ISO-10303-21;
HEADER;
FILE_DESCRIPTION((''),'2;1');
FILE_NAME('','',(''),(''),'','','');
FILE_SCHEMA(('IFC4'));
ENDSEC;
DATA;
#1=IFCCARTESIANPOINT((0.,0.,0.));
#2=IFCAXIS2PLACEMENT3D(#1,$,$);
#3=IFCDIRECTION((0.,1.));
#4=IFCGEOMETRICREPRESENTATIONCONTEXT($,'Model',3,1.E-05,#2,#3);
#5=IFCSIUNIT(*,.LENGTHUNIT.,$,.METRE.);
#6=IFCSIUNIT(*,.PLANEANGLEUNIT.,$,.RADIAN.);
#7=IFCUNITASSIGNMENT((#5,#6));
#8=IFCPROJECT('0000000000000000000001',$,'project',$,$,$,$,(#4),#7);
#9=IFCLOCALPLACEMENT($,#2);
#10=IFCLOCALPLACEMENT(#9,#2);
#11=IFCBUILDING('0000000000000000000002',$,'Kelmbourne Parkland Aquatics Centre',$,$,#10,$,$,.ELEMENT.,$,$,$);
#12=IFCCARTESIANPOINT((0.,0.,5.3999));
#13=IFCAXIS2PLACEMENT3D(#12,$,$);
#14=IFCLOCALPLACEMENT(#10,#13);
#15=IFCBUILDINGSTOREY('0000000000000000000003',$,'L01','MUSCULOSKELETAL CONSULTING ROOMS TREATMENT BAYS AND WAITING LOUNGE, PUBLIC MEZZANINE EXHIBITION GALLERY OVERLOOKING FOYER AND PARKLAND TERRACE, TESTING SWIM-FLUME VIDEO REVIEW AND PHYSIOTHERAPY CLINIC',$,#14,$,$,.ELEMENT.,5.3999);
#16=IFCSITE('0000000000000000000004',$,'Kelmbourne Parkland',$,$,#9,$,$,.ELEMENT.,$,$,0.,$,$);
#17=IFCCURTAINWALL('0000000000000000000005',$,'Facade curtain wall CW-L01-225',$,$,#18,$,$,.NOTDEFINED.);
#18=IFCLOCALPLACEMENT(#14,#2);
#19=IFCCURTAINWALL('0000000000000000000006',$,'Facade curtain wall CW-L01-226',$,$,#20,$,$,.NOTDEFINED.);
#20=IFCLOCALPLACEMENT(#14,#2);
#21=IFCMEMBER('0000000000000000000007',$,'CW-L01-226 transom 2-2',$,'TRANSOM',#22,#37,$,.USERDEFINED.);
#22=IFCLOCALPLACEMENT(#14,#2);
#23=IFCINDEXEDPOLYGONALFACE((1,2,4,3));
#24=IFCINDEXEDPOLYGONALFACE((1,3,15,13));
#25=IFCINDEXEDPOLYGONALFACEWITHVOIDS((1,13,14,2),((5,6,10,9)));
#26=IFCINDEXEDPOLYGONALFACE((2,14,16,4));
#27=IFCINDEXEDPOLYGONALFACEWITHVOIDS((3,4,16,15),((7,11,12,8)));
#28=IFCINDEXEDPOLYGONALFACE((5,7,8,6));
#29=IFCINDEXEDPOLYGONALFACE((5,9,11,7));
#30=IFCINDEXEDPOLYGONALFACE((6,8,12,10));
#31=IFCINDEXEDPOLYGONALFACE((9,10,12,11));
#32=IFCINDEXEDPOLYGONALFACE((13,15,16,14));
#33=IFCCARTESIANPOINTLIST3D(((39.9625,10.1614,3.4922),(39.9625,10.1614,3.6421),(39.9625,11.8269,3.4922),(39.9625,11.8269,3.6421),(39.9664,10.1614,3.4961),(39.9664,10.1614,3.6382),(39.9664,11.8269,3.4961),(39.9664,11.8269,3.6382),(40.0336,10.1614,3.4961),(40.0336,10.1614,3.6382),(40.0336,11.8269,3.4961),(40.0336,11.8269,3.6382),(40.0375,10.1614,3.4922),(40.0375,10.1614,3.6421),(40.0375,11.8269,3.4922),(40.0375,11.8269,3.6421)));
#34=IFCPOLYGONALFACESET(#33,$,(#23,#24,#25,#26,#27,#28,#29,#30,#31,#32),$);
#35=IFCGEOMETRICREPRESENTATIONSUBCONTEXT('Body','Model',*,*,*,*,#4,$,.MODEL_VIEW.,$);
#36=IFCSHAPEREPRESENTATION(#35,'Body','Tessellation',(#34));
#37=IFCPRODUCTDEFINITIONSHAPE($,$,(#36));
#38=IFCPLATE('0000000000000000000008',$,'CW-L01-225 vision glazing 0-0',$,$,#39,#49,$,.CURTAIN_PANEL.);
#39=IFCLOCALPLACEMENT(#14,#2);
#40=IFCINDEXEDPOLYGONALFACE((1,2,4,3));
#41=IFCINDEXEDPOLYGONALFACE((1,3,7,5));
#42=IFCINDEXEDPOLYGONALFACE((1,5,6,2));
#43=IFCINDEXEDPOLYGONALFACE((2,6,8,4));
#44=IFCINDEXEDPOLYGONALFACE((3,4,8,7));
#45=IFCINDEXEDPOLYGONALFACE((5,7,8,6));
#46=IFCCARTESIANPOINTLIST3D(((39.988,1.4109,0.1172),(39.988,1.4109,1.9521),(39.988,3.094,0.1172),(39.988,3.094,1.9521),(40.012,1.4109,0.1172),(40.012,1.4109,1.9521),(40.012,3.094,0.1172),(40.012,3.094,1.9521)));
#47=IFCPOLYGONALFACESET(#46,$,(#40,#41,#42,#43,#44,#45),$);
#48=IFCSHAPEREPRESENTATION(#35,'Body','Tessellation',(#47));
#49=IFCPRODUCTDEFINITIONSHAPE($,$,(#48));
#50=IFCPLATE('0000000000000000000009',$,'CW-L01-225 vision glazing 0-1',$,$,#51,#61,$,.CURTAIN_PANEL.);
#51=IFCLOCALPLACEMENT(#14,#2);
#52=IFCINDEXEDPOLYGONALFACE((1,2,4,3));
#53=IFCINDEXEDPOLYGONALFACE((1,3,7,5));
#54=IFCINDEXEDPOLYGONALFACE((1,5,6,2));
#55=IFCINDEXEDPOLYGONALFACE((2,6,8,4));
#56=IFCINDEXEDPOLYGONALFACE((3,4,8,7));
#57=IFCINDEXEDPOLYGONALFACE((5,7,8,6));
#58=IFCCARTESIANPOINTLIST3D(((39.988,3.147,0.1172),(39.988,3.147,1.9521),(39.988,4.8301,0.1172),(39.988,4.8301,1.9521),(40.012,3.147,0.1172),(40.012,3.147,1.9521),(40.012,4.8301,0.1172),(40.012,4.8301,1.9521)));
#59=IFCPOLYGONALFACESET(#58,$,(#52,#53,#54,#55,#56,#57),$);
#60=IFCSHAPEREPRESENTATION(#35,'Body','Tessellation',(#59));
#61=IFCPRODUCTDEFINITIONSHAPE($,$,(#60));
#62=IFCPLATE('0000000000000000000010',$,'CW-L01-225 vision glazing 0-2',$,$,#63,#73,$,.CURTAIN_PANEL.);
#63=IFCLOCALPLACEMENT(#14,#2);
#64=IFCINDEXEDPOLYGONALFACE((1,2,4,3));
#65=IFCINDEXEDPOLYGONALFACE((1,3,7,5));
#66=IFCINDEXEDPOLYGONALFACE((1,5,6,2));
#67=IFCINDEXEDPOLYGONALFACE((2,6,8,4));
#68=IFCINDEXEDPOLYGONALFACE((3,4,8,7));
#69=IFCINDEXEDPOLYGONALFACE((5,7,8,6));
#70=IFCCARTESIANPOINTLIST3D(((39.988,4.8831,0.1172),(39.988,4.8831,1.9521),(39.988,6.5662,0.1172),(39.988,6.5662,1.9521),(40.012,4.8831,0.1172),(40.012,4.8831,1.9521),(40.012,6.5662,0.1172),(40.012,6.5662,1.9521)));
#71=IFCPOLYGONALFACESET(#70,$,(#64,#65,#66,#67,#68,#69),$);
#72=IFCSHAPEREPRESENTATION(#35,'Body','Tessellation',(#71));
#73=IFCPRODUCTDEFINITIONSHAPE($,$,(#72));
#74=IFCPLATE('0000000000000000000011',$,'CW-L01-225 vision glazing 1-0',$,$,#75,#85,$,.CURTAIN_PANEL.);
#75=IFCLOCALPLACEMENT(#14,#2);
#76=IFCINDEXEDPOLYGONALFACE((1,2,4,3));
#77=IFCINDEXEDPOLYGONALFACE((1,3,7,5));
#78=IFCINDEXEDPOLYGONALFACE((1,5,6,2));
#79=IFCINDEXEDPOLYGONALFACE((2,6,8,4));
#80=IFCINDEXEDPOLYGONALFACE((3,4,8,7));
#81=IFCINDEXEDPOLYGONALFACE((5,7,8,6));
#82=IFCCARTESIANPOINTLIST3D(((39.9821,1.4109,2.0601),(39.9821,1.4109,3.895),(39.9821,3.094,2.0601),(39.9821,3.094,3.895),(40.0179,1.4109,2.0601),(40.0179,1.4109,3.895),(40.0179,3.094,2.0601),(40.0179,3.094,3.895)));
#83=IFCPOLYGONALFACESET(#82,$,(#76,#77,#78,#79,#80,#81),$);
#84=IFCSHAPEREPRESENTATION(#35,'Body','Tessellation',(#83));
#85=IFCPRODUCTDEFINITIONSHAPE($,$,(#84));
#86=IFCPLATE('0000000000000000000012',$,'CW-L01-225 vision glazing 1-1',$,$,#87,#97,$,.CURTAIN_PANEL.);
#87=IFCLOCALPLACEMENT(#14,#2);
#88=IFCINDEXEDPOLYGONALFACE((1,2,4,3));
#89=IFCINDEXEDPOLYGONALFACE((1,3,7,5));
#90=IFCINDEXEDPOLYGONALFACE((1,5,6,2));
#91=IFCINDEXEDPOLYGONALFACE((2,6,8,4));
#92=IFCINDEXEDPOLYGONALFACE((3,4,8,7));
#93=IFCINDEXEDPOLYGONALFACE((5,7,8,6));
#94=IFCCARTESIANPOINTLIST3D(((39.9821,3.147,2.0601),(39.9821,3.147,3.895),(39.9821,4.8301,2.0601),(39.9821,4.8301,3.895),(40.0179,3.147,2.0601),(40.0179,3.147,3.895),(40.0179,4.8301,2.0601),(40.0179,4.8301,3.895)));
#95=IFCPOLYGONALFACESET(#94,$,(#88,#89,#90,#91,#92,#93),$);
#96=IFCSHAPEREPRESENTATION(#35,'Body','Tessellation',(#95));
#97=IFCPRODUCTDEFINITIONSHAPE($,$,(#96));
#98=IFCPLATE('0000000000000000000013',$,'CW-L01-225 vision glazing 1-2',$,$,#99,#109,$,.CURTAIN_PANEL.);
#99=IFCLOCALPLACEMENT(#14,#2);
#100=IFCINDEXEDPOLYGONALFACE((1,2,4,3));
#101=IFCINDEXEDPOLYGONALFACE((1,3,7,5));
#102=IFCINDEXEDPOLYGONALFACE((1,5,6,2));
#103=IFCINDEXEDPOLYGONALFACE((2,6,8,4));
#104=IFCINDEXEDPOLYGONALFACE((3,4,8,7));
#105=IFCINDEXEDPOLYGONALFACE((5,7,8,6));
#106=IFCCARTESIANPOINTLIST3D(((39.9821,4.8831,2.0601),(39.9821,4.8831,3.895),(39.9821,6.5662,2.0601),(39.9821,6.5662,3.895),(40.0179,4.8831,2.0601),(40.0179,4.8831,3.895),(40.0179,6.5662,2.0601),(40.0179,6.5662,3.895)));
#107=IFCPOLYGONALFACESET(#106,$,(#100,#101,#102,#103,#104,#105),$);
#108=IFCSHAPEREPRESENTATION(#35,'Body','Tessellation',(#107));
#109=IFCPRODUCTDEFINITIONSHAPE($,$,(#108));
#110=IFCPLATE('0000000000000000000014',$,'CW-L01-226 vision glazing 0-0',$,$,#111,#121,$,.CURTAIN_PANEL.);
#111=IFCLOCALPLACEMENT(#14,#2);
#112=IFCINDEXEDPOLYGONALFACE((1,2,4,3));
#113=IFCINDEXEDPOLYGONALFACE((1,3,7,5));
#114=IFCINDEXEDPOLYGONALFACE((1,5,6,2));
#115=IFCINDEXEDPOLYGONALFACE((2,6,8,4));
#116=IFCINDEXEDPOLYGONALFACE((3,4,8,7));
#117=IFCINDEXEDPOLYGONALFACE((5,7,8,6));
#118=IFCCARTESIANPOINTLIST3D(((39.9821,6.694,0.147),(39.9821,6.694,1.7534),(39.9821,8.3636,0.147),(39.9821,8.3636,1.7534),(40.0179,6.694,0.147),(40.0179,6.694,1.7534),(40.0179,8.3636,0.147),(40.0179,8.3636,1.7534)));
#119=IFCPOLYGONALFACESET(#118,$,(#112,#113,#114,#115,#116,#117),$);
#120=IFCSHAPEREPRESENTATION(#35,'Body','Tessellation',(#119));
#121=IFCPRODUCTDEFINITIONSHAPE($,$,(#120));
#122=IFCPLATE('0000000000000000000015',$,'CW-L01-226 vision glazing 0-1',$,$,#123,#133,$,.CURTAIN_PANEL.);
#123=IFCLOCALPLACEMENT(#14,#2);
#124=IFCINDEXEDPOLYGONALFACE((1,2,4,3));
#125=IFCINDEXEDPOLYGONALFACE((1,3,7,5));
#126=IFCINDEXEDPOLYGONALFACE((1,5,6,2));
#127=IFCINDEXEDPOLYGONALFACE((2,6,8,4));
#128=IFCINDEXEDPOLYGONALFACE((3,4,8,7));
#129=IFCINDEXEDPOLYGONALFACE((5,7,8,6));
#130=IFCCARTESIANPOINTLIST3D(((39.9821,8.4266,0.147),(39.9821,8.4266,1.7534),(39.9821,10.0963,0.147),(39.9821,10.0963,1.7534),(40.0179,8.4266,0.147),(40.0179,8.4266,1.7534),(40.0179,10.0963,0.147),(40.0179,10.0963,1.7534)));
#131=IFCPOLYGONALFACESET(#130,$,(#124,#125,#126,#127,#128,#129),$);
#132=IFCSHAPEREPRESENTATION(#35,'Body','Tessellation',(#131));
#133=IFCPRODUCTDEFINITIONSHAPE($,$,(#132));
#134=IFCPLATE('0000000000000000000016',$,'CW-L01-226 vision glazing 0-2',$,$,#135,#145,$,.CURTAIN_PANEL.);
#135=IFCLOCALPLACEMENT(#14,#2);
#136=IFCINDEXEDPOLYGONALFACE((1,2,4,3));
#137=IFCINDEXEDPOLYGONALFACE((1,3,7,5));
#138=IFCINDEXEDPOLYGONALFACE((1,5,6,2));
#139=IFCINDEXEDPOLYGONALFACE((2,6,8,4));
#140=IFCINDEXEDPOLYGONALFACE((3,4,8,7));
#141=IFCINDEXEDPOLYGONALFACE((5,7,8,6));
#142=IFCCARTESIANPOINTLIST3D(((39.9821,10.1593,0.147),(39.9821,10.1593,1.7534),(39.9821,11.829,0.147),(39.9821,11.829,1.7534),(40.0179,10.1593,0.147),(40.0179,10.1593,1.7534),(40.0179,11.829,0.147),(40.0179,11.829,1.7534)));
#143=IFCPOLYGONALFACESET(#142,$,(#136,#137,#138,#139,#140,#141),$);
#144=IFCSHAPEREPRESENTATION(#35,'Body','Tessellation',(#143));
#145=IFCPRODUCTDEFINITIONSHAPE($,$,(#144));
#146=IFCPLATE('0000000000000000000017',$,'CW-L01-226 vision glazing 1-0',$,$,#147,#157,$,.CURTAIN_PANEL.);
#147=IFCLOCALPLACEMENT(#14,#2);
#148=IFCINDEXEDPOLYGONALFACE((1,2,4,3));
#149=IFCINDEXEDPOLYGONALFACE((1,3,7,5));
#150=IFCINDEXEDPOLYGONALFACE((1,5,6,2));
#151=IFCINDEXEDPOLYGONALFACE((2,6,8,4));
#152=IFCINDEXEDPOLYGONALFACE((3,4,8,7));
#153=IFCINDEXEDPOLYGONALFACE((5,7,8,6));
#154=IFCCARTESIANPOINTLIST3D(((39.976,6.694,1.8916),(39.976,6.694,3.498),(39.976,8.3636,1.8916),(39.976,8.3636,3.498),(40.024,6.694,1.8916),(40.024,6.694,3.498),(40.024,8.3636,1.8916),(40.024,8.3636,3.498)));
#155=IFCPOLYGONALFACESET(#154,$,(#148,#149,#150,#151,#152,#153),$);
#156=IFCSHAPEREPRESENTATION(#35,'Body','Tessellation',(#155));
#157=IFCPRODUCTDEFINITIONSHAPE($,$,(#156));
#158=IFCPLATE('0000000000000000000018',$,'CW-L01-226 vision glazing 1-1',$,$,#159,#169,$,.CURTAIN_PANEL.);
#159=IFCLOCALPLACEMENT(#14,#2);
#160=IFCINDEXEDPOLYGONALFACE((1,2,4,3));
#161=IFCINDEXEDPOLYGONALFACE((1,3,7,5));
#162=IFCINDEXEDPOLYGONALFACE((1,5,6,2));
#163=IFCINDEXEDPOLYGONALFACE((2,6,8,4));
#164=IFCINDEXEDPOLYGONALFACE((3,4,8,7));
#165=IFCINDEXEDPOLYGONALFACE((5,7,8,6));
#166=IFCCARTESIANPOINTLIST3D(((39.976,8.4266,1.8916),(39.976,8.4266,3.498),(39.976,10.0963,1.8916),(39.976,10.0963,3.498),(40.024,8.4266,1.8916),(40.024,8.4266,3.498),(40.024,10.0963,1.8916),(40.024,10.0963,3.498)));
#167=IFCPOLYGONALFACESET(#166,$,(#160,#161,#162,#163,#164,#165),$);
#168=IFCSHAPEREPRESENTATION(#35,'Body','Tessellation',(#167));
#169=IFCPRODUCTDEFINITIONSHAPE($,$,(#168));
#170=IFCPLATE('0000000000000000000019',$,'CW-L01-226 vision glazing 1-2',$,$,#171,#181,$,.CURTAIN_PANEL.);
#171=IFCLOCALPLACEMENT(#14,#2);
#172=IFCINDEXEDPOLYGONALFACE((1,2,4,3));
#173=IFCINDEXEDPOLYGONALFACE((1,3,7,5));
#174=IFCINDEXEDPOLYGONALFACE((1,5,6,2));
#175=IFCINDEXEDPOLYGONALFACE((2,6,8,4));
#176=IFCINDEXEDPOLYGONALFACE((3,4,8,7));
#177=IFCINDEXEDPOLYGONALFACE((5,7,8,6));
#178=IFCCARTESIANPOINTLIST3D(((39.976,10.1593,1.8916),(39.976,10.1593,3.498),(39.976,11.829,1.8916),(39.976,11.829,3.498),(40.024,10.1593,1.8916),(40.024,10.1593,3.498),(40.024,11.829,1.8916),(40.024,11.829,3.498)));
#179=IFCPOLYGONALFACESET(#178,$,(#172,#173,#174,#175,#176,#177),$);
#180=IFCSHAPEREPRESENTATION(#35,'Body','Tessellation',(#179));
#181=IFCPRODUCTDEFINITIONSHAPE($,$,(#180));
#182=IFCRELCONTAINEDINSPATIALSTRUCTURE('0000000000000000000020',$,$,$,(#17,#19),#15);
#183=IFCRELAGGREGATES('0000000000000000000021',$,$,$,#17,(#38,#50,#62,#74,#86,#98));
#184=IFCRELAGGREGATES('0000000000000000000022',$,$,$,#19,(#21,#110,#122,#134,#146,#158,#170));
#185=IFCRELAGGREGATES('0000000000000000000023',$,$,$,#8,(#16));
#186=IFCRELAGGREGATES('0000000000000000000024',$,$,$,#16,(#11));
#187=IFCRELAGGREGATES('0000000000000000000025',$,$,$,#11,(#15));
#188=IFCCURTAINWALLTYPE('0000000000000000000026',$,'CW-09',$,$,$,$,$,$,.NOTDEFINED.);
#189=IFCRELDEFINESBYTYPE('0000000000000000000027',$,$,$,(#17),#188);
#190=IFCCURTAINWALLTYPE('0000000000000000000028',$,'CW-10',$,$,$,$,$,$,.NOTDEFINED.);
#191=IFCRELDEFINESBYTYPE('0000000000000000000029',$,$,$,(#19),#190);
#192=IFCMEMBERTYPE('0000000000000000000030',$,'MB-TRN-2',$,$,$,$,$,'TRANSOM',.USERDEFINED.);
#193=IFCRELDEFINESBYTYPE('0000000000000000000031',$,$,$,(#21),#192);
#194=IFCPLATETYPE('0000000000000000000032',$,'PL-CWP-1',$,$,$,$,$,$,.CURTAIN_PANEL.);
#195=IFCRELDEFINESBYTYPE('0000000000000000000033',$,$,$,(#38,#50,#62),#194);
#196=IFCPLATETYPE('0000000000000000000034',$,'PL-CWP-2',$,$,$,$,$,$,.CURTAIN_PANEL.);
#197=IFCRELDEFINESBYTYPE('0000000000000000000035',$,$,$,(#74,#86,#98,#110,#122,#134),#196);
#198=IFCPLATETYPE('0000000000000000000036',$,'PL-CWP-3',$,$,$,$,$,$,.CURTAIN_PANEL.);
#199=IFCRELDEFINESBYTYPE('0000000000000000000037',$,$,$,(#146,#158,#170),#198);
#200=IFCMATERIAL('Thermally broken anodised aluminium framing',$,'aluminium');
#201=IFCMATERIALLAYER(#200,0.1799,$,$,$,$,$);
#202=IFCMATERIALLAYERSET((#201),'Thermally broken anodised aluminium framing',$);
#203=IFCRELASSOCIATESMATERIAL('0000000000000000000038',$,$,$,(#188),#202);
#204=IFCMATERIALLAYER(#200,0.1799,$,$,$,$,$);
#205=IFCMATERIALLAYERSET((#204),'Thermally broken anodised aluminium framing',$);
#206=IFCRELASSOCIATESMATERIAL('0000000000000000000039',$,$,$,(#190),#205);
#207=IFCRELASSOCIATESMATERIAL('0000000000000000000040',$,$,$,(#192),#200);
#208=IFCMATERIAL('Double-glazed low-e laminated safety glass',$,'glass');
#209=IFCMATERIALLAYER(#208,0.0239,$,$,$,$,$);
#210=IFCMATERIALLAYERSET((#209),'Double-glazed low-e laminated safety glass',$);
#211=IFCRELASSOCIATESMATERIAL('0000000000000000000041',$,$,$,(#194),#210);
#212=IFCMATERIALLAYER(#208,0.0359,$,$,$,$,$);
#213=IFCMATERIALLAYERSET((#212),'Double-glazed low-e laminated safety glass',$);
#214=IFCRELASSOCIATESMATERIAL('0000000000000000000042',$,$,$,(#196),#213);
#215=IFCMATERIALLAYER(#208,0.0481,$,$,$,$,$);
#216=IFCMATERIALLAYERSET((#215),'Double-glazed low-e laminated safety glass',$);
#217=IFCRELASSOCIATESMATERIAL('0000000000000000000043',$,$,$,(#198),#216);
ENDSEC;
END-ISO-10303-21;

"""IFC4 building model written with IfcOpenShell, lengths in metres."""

from ifc_helpers import new_model, si_unit, direction, frame, origin, origin_2d, place, context, subcontext, project, spatial, rectangle, hollow_rectangle, extrude, material, layer, layer_set, material_profile, profile_set, type_object, element, aggregate, save


model = new_model("IFC4")

# Units and contexts
model_context = context("Model", 3, precision=1e-05, world=origin(), true_north=direction((0.0, 1.0)))
body_context = subcontext(model_context, "Body", "Model", "MODEL_VIEW")
ifc_project = project(units=[si_unit("LENGTHUNIT", "METRE"), si_unit("PLANEANGLEUNIT", "RADIAN")], contexts=[model_context])

# Site, building, storey
site_placement = place(None, origin())
site = spatial("IfcSite", under=ifc_project, at=site_placement, Name="Kelmbourne Parkland", CompositionType="ELEMENT", RefElevation=0.0)
building_placement = place(site_placement, origin())
building = spatial("IfcBuilding", under=site, at=building_placement, Name="Kelmbourne Parkland Aquatics Centre", CompositionType="ELEMENT")
storey_placement = place(building_placement, frame((0.0, 0.0, 5.3999)))
storey = spatial("IfcBuildingStorey", under=building, at=storey_placement, Name="L01", Description="MUSCULOSKELETAL CONSULTING ROOMS TREATMENT BAYS AND WAITING LOUNGE, PUBLIC MEZZANINE EXHIBITION GALLERY OVERLOOKING FOYER AND PARKLAND TERRACE, TESTING SWIM-FLUME VIDEO REVIEW AND PHYSIOTHERAPY CLINIC", CompositionType="ELEMENT", Elevation=5.3999)

# Curtain walls
ifc_material_1 = material(Name="Thermally broken anodised aluminium framing", Category="aluminium")
ifc_layer_1 = layer(ifc_material_1, 0.1799)
ifc_layer_set_1 = layer_set([ifc_layer_1], Name="Thermally broken anodised aluminium framing")
curtain_wall_type_1 = type_object("IfcCurtainWallType", Name="CW-09", PredefinedType="NOTDEFINED", material=ifc_layer_set_1)
curtain_wall_1_placement = place(storey_placement, origin())
curtain_wall_1 = element("IfcCurtainWall", 1, at=curtain_wall_1_placement, inside=storey, type_object=curtain_wall_type_1, Name="Facade curtain wall CW-L01-225", PredefinedType="NOTDEFINED")
ifc_layer_2 = layer(ifc_material_1, 0.1799)
ifc_layer_set_2 = layer_set([ifc_layer_2], Name="Thermally broken anodised aluminium framing")
curtain_wall_type_2 = type_object("IfcCurtainWallType", Name="CW-10", PredefinedType="NOTDEFINED", material=ifc_layer_set_2)
curtain_wall_2_placement = place(storey_placement, origin())
curtain_wall_2 = element("IfcCurtainWall", 2, at=curtain_wall_2_placement, inside=storey, type_object=curtain_wall_type_2, Name="Facade curtain wall CW-L01-226", PredefinedType="NOTDEFINED")

# Member
ifc_material_profile_1 = material_profile(ifc_material_1, hollow_rectangle(XDim=0.075, YDim=0.1499, WallThickness=0.0039, at=origin_2d()), Name="CW-T 75x150")
ifc_profile_set_1 = profile_set([ifc_material_profile_1], Name="Thermally broken anodised aluminium framing")
member_type_1 = type_object("IfcMemberType", Name="MB-TRN-2", ElementType="TRANSOM", PredefinedType="USERDEFINED", material=ifc_profile_set_1)
member_1_placement = place(storey_placement, frame((40.0, 10.1614, 3.5671), z_axis=(0.0, 1.0, 0.0), x_axis=(-1.0, 0.0, 0.0)))
member_1 = element("IfcMember", 3, at=member_1_placement, type_object=member_type_1, Name="CW-L01-226 transom 2-2", ObjectType="TRANSOM", PredefinedType="USERDEFINED", context=body_context, shape_type="SweptSolid", body=[
    extrude(hollow_rectangle(XDim=0.075, YDim=0.1499, WallThickness=0.0039, at=origin_2d()), origin(), (0.0, 0.0, 1.0), 1.6655),
])

# Plates
ifc_material_2 = material(Name="Double-glazed low-e laminated safety glass", Category="glass")
ifc_layer_3 = layer(ifc_material_2, 0.0239)
ifc_layer_set_3 = layer_set([ifc_layer_3], Name="Double-glazed low-e laminated safety glass")
plate_type_1 = type_object("IfcPlateType", Name="PL-CWP-1", PredefinedType="CURTAIN_PANEL", material=ifc_layer_set_3)
plate_1_placement = place(storey_placement, frame((40.0, 2.2524, 0.1172), z_axis=(0.0, 0.0, 1.0), x_axis=(0.0, 1.0, 0.0)))
plate_1 = element("IfcPlate", 4, at=plate_1_placement, type_object=plate_type_1, Name="CW-L01-225 vision glazing 0-0", PredefinedType="CURTAIN_PANEL", context=body_context, shape_type="SweptSolid", body=[
    extrude(rectangle(XDim=1.6831, YDim=0.0239, at=origin_2d()), origin(), (0.0, 0.0, 1.0), 1.835),
])
plate_2_placement = place(storey_placement, frame((40.0, 3.9885, 0.1172), z_axis=(0.0, 0.0, 1.0), x_axis=(0.0, 1.0, 0.0)))
plate_2 = element("IfcPlate", 5, at=plate_2_placement, type_object=plate_type_1, Name="CW-L01-225 vision glazing 0-1", PredefinedType="CURTAIN_PANEL", context=body_context, shape_type="SweptSolid", body=[
    extrude(rectangle(XDim=1.6831, YDim=0.0239, at=origin_2d()), origin(), (0.0, 0.0, 1.0), 1.835),
])
plate_3_placement = place(storey_placement, frame((40.0, 5.7246, 0.1172), z_axis=(0.0, 0.0, 1.0), x_axis=(0.0, 1.0, 0.0)))
plate_3 = element("IfcPlate", 6, at=plate_3_placement, type_object=plate_type_1, Name="CW-L01-225 vision glazing 0-2", PredefinedType="CURTAIN_PANEL", context=body_context, shape_type="SweptSolid", body=[
    extrude(rectangle(XDim=1.6831, YDim=0.0239, at=origin_2d()), origin(), (0.0, 0.0, 1.0), 1.835),
])
ifc_layer_4 = layer(ifc_material_2, 0.0359)
ifc_layer_set_4 = layer_set([ifc_layer_4], Name="Double-glazed low-e laminated safety glass")
plate_type_2 = type_object("IfcPlateType", Name="PL-CWP-2", PredefinedType="CURTAIN_PANEL", material=ifc_layer_set_4)
plate_4_placement = place(storey_placement, frame((40.0, 2.2524, 2.0601), z_axis=(0.0, 0.0, 1.0), x_axis=(0.0, 1.0, 0.0)))
plate_4 = element("IfcPlate", 7, at=plate_4_placement, type_object=plate_type_2, Name="CW-L01-225 vision glazing 1-0", PredefinedType="CURTAIN_PANEL", context=body_context, shape_type="SweptSolid", body=[
    extrude(rectangle(XDim=1.6831, YDim=0.0359, at=origin_2d()), origin(), (0.0, 0.0, 1.0), 1.835),
])
plate_5_placement = place(storey_placement, frame((40.0, 3.9885, 2.0601), z_axis=(0.0, 0.0, 1.0), x_axis=(0.0, 1.0, 0.0)))
plate_5 = element("IfcPlate", 8, at=plate_5_placement, type_object=plate_type_2, Name="CW-L01-225 vision glazing 1-1", PredefinedType="CURTAIN_PANEL", context=body_context, shape_type="SweptSolid", body=[
    extrude(rectangle(XDim=1.6831, YDim=0.0359, at=origin_2d()), origin(), (0.0, 0.0, 1.0), 1.835),
])
plate_6_placement = place(storey_placement, frame((40.0, 5.7246, 2.0601), z_axis=(0.0, 0.0, 1.0), x_axis=(0.0, 1.0, 0.0)))
plate_6 = element("IfcPlate", 9, at=plate_6_placement, type_object=plate_type_2, Name="CW-L01-225 vision glazing 1-2", PredefinedType="CURTAIN_PANEL", context=body_context, shape_type="SweptSolid", body=[
    extrude(rectangle(XDim=1.6831, YDim=0.0359, at=origin_2d()), origin(), (0.0, 0.0, 1.0), 1.835),
])
aggregate(curtain_wall_1, [plate_1, plate_2, plate_3, plate_4, plate_5, plate_6])
plate_7_placement = place(storey_placement, frame((40.0, 7.5288, 0.147), z_axis=(0.0, 0.0, 1.0), x_axis=(0.0, 1.0, 0.0)))
plate_7 = element("IfcPlate", 10, at=plate_7_placement, type_object=plate_type_2, Name="CW-L01-226 vision glazing 0-0", PredefinedType="CURTAIN_PANEL", context=body_context, shape_type="SweptSolid", body=[
    extrude(rectangle(XDim=1.6697, YDim=0.0359, at=origin_2d()), origin(), (0.0, 0.0, 1.0), 1.6064),
])
plate_8_placement = place(storey_placement, frame((40.0, 9.2615, 0.147), z_axis=(0.0, 0.0, 1.0), x_axis=(0.0, 1.0, 0.0)))
plate_8 = element("IfcPlate", 11, at=plate_8_placement, type_object=plate_type_2, Name="CW-L01-226 vision glazing 0-1", PredefinedType="CURTAIN_PANEL", context=body_context, shape_type="SweptSolid", body=[
    extrude(rectangle(XDim=1.6697, YDim=0.0359, at=origin_2d()), origin(), (0.0, 0.0, 1.0), 1.6064),
])
plate_9_placement = place(storey_placement, frame((40.0, 10.9941, 0.147), z_axis=(0.0, 0.0, 1.0), x_axis=(0.0, 1.0, 0.0)))
plate_9 = element("IfcPlate", 12, at=plate_9_placement, type_object=plate_type_2, Name="CW-L01-226 vision glazing 0-2", PredefinedType="CURTAIN_PANEL", context=body_context, shape_type="SweptSolid", body=[
    extrude(rectangle(XDim=1.6697, YDim=0.0359, at=origin_2d()), origin(), (0.0, 0.0, 1.0), 1.6064),
])
ifc_layer_5 = layer(ifc_material_2, 0.0481)
ifc_layer_set_5 = layer_set([ifc_layer_5], Name="Double-glazed low-e laminated safety glass")
plate_type_3 = type_object("IfcPlateType", Name="PL-CWP-3", PredefinedType="CURTAIN_PANEL", material=ifc_layer_set_5)
plate_10_placement = place(storey_placement, frame((40.0, 7.5288, 1.8916), z_axis=(0.0, 0.0, 1.0), x_axis=(0.0, 1.0, 0.0)))
plate_10 = element("IfcPlate", 13, at=plate_10_placement, type_object=plate_type_3, Name="CW-L01-226 vision glazing 1-0", PredefinedType="CURTAIN_PANEL", context=body_context, shape_type="SweptSolid", body=[
    extrude(rectangle(XDim=1.6697, YDim=0.0481, at=origin_2d()), origin(), (0.0, 0.0, 1.0), 1.6064),
])
plate_11_placement = place(storey_placement, frame((40.0, 9.2615, 1.8916), z_axis=(0.0, 0.0, 1.0), x_axis=(0.0, 1.0, 0.0)))
plate_11 = element("IfcPlate", 14, at=plate_11_placement, type_object=plate_type_3, Name="CW-L01-226 vision glazing 1-1", PredefinedType="CURTAIN_PANEL", context=body_context, shape_type="SweptSolid", body=[
    extrude(rectangle(XDim=1.6697, YDim=0.0481, at=origin_2d()), origin(), (0.0, 0.0, 1.0), 1.6064),
])
plate_12_placement = place(storey_placement, frame((40.0, 10.9941, 1.8916), z_axis=(0.0, 0.0, 1.0), x_axis=(0.0, 1.0, 0.0)))
plate_12 = element("IfcPlate", 15, at=plate_12_placement, type_object=plate_type_3, Name="CW-L01-226 vision glazing 1-2", PredefinedType="CURTAIN_PANEL", context=body_context, shape_type="SweptSolid", body=[
    extrude(rectangle(XDim=1.6697, YDim=0.0481, at=origin_2d()), origin(), (0.0, 0.0, 1.0), 1.6064),
])
aggregate(curtain_wall_2, [member_1, plate_7, plate_8, plate_9, plate_10, plate_11, plate_12])

save(model, "model.ifc")
